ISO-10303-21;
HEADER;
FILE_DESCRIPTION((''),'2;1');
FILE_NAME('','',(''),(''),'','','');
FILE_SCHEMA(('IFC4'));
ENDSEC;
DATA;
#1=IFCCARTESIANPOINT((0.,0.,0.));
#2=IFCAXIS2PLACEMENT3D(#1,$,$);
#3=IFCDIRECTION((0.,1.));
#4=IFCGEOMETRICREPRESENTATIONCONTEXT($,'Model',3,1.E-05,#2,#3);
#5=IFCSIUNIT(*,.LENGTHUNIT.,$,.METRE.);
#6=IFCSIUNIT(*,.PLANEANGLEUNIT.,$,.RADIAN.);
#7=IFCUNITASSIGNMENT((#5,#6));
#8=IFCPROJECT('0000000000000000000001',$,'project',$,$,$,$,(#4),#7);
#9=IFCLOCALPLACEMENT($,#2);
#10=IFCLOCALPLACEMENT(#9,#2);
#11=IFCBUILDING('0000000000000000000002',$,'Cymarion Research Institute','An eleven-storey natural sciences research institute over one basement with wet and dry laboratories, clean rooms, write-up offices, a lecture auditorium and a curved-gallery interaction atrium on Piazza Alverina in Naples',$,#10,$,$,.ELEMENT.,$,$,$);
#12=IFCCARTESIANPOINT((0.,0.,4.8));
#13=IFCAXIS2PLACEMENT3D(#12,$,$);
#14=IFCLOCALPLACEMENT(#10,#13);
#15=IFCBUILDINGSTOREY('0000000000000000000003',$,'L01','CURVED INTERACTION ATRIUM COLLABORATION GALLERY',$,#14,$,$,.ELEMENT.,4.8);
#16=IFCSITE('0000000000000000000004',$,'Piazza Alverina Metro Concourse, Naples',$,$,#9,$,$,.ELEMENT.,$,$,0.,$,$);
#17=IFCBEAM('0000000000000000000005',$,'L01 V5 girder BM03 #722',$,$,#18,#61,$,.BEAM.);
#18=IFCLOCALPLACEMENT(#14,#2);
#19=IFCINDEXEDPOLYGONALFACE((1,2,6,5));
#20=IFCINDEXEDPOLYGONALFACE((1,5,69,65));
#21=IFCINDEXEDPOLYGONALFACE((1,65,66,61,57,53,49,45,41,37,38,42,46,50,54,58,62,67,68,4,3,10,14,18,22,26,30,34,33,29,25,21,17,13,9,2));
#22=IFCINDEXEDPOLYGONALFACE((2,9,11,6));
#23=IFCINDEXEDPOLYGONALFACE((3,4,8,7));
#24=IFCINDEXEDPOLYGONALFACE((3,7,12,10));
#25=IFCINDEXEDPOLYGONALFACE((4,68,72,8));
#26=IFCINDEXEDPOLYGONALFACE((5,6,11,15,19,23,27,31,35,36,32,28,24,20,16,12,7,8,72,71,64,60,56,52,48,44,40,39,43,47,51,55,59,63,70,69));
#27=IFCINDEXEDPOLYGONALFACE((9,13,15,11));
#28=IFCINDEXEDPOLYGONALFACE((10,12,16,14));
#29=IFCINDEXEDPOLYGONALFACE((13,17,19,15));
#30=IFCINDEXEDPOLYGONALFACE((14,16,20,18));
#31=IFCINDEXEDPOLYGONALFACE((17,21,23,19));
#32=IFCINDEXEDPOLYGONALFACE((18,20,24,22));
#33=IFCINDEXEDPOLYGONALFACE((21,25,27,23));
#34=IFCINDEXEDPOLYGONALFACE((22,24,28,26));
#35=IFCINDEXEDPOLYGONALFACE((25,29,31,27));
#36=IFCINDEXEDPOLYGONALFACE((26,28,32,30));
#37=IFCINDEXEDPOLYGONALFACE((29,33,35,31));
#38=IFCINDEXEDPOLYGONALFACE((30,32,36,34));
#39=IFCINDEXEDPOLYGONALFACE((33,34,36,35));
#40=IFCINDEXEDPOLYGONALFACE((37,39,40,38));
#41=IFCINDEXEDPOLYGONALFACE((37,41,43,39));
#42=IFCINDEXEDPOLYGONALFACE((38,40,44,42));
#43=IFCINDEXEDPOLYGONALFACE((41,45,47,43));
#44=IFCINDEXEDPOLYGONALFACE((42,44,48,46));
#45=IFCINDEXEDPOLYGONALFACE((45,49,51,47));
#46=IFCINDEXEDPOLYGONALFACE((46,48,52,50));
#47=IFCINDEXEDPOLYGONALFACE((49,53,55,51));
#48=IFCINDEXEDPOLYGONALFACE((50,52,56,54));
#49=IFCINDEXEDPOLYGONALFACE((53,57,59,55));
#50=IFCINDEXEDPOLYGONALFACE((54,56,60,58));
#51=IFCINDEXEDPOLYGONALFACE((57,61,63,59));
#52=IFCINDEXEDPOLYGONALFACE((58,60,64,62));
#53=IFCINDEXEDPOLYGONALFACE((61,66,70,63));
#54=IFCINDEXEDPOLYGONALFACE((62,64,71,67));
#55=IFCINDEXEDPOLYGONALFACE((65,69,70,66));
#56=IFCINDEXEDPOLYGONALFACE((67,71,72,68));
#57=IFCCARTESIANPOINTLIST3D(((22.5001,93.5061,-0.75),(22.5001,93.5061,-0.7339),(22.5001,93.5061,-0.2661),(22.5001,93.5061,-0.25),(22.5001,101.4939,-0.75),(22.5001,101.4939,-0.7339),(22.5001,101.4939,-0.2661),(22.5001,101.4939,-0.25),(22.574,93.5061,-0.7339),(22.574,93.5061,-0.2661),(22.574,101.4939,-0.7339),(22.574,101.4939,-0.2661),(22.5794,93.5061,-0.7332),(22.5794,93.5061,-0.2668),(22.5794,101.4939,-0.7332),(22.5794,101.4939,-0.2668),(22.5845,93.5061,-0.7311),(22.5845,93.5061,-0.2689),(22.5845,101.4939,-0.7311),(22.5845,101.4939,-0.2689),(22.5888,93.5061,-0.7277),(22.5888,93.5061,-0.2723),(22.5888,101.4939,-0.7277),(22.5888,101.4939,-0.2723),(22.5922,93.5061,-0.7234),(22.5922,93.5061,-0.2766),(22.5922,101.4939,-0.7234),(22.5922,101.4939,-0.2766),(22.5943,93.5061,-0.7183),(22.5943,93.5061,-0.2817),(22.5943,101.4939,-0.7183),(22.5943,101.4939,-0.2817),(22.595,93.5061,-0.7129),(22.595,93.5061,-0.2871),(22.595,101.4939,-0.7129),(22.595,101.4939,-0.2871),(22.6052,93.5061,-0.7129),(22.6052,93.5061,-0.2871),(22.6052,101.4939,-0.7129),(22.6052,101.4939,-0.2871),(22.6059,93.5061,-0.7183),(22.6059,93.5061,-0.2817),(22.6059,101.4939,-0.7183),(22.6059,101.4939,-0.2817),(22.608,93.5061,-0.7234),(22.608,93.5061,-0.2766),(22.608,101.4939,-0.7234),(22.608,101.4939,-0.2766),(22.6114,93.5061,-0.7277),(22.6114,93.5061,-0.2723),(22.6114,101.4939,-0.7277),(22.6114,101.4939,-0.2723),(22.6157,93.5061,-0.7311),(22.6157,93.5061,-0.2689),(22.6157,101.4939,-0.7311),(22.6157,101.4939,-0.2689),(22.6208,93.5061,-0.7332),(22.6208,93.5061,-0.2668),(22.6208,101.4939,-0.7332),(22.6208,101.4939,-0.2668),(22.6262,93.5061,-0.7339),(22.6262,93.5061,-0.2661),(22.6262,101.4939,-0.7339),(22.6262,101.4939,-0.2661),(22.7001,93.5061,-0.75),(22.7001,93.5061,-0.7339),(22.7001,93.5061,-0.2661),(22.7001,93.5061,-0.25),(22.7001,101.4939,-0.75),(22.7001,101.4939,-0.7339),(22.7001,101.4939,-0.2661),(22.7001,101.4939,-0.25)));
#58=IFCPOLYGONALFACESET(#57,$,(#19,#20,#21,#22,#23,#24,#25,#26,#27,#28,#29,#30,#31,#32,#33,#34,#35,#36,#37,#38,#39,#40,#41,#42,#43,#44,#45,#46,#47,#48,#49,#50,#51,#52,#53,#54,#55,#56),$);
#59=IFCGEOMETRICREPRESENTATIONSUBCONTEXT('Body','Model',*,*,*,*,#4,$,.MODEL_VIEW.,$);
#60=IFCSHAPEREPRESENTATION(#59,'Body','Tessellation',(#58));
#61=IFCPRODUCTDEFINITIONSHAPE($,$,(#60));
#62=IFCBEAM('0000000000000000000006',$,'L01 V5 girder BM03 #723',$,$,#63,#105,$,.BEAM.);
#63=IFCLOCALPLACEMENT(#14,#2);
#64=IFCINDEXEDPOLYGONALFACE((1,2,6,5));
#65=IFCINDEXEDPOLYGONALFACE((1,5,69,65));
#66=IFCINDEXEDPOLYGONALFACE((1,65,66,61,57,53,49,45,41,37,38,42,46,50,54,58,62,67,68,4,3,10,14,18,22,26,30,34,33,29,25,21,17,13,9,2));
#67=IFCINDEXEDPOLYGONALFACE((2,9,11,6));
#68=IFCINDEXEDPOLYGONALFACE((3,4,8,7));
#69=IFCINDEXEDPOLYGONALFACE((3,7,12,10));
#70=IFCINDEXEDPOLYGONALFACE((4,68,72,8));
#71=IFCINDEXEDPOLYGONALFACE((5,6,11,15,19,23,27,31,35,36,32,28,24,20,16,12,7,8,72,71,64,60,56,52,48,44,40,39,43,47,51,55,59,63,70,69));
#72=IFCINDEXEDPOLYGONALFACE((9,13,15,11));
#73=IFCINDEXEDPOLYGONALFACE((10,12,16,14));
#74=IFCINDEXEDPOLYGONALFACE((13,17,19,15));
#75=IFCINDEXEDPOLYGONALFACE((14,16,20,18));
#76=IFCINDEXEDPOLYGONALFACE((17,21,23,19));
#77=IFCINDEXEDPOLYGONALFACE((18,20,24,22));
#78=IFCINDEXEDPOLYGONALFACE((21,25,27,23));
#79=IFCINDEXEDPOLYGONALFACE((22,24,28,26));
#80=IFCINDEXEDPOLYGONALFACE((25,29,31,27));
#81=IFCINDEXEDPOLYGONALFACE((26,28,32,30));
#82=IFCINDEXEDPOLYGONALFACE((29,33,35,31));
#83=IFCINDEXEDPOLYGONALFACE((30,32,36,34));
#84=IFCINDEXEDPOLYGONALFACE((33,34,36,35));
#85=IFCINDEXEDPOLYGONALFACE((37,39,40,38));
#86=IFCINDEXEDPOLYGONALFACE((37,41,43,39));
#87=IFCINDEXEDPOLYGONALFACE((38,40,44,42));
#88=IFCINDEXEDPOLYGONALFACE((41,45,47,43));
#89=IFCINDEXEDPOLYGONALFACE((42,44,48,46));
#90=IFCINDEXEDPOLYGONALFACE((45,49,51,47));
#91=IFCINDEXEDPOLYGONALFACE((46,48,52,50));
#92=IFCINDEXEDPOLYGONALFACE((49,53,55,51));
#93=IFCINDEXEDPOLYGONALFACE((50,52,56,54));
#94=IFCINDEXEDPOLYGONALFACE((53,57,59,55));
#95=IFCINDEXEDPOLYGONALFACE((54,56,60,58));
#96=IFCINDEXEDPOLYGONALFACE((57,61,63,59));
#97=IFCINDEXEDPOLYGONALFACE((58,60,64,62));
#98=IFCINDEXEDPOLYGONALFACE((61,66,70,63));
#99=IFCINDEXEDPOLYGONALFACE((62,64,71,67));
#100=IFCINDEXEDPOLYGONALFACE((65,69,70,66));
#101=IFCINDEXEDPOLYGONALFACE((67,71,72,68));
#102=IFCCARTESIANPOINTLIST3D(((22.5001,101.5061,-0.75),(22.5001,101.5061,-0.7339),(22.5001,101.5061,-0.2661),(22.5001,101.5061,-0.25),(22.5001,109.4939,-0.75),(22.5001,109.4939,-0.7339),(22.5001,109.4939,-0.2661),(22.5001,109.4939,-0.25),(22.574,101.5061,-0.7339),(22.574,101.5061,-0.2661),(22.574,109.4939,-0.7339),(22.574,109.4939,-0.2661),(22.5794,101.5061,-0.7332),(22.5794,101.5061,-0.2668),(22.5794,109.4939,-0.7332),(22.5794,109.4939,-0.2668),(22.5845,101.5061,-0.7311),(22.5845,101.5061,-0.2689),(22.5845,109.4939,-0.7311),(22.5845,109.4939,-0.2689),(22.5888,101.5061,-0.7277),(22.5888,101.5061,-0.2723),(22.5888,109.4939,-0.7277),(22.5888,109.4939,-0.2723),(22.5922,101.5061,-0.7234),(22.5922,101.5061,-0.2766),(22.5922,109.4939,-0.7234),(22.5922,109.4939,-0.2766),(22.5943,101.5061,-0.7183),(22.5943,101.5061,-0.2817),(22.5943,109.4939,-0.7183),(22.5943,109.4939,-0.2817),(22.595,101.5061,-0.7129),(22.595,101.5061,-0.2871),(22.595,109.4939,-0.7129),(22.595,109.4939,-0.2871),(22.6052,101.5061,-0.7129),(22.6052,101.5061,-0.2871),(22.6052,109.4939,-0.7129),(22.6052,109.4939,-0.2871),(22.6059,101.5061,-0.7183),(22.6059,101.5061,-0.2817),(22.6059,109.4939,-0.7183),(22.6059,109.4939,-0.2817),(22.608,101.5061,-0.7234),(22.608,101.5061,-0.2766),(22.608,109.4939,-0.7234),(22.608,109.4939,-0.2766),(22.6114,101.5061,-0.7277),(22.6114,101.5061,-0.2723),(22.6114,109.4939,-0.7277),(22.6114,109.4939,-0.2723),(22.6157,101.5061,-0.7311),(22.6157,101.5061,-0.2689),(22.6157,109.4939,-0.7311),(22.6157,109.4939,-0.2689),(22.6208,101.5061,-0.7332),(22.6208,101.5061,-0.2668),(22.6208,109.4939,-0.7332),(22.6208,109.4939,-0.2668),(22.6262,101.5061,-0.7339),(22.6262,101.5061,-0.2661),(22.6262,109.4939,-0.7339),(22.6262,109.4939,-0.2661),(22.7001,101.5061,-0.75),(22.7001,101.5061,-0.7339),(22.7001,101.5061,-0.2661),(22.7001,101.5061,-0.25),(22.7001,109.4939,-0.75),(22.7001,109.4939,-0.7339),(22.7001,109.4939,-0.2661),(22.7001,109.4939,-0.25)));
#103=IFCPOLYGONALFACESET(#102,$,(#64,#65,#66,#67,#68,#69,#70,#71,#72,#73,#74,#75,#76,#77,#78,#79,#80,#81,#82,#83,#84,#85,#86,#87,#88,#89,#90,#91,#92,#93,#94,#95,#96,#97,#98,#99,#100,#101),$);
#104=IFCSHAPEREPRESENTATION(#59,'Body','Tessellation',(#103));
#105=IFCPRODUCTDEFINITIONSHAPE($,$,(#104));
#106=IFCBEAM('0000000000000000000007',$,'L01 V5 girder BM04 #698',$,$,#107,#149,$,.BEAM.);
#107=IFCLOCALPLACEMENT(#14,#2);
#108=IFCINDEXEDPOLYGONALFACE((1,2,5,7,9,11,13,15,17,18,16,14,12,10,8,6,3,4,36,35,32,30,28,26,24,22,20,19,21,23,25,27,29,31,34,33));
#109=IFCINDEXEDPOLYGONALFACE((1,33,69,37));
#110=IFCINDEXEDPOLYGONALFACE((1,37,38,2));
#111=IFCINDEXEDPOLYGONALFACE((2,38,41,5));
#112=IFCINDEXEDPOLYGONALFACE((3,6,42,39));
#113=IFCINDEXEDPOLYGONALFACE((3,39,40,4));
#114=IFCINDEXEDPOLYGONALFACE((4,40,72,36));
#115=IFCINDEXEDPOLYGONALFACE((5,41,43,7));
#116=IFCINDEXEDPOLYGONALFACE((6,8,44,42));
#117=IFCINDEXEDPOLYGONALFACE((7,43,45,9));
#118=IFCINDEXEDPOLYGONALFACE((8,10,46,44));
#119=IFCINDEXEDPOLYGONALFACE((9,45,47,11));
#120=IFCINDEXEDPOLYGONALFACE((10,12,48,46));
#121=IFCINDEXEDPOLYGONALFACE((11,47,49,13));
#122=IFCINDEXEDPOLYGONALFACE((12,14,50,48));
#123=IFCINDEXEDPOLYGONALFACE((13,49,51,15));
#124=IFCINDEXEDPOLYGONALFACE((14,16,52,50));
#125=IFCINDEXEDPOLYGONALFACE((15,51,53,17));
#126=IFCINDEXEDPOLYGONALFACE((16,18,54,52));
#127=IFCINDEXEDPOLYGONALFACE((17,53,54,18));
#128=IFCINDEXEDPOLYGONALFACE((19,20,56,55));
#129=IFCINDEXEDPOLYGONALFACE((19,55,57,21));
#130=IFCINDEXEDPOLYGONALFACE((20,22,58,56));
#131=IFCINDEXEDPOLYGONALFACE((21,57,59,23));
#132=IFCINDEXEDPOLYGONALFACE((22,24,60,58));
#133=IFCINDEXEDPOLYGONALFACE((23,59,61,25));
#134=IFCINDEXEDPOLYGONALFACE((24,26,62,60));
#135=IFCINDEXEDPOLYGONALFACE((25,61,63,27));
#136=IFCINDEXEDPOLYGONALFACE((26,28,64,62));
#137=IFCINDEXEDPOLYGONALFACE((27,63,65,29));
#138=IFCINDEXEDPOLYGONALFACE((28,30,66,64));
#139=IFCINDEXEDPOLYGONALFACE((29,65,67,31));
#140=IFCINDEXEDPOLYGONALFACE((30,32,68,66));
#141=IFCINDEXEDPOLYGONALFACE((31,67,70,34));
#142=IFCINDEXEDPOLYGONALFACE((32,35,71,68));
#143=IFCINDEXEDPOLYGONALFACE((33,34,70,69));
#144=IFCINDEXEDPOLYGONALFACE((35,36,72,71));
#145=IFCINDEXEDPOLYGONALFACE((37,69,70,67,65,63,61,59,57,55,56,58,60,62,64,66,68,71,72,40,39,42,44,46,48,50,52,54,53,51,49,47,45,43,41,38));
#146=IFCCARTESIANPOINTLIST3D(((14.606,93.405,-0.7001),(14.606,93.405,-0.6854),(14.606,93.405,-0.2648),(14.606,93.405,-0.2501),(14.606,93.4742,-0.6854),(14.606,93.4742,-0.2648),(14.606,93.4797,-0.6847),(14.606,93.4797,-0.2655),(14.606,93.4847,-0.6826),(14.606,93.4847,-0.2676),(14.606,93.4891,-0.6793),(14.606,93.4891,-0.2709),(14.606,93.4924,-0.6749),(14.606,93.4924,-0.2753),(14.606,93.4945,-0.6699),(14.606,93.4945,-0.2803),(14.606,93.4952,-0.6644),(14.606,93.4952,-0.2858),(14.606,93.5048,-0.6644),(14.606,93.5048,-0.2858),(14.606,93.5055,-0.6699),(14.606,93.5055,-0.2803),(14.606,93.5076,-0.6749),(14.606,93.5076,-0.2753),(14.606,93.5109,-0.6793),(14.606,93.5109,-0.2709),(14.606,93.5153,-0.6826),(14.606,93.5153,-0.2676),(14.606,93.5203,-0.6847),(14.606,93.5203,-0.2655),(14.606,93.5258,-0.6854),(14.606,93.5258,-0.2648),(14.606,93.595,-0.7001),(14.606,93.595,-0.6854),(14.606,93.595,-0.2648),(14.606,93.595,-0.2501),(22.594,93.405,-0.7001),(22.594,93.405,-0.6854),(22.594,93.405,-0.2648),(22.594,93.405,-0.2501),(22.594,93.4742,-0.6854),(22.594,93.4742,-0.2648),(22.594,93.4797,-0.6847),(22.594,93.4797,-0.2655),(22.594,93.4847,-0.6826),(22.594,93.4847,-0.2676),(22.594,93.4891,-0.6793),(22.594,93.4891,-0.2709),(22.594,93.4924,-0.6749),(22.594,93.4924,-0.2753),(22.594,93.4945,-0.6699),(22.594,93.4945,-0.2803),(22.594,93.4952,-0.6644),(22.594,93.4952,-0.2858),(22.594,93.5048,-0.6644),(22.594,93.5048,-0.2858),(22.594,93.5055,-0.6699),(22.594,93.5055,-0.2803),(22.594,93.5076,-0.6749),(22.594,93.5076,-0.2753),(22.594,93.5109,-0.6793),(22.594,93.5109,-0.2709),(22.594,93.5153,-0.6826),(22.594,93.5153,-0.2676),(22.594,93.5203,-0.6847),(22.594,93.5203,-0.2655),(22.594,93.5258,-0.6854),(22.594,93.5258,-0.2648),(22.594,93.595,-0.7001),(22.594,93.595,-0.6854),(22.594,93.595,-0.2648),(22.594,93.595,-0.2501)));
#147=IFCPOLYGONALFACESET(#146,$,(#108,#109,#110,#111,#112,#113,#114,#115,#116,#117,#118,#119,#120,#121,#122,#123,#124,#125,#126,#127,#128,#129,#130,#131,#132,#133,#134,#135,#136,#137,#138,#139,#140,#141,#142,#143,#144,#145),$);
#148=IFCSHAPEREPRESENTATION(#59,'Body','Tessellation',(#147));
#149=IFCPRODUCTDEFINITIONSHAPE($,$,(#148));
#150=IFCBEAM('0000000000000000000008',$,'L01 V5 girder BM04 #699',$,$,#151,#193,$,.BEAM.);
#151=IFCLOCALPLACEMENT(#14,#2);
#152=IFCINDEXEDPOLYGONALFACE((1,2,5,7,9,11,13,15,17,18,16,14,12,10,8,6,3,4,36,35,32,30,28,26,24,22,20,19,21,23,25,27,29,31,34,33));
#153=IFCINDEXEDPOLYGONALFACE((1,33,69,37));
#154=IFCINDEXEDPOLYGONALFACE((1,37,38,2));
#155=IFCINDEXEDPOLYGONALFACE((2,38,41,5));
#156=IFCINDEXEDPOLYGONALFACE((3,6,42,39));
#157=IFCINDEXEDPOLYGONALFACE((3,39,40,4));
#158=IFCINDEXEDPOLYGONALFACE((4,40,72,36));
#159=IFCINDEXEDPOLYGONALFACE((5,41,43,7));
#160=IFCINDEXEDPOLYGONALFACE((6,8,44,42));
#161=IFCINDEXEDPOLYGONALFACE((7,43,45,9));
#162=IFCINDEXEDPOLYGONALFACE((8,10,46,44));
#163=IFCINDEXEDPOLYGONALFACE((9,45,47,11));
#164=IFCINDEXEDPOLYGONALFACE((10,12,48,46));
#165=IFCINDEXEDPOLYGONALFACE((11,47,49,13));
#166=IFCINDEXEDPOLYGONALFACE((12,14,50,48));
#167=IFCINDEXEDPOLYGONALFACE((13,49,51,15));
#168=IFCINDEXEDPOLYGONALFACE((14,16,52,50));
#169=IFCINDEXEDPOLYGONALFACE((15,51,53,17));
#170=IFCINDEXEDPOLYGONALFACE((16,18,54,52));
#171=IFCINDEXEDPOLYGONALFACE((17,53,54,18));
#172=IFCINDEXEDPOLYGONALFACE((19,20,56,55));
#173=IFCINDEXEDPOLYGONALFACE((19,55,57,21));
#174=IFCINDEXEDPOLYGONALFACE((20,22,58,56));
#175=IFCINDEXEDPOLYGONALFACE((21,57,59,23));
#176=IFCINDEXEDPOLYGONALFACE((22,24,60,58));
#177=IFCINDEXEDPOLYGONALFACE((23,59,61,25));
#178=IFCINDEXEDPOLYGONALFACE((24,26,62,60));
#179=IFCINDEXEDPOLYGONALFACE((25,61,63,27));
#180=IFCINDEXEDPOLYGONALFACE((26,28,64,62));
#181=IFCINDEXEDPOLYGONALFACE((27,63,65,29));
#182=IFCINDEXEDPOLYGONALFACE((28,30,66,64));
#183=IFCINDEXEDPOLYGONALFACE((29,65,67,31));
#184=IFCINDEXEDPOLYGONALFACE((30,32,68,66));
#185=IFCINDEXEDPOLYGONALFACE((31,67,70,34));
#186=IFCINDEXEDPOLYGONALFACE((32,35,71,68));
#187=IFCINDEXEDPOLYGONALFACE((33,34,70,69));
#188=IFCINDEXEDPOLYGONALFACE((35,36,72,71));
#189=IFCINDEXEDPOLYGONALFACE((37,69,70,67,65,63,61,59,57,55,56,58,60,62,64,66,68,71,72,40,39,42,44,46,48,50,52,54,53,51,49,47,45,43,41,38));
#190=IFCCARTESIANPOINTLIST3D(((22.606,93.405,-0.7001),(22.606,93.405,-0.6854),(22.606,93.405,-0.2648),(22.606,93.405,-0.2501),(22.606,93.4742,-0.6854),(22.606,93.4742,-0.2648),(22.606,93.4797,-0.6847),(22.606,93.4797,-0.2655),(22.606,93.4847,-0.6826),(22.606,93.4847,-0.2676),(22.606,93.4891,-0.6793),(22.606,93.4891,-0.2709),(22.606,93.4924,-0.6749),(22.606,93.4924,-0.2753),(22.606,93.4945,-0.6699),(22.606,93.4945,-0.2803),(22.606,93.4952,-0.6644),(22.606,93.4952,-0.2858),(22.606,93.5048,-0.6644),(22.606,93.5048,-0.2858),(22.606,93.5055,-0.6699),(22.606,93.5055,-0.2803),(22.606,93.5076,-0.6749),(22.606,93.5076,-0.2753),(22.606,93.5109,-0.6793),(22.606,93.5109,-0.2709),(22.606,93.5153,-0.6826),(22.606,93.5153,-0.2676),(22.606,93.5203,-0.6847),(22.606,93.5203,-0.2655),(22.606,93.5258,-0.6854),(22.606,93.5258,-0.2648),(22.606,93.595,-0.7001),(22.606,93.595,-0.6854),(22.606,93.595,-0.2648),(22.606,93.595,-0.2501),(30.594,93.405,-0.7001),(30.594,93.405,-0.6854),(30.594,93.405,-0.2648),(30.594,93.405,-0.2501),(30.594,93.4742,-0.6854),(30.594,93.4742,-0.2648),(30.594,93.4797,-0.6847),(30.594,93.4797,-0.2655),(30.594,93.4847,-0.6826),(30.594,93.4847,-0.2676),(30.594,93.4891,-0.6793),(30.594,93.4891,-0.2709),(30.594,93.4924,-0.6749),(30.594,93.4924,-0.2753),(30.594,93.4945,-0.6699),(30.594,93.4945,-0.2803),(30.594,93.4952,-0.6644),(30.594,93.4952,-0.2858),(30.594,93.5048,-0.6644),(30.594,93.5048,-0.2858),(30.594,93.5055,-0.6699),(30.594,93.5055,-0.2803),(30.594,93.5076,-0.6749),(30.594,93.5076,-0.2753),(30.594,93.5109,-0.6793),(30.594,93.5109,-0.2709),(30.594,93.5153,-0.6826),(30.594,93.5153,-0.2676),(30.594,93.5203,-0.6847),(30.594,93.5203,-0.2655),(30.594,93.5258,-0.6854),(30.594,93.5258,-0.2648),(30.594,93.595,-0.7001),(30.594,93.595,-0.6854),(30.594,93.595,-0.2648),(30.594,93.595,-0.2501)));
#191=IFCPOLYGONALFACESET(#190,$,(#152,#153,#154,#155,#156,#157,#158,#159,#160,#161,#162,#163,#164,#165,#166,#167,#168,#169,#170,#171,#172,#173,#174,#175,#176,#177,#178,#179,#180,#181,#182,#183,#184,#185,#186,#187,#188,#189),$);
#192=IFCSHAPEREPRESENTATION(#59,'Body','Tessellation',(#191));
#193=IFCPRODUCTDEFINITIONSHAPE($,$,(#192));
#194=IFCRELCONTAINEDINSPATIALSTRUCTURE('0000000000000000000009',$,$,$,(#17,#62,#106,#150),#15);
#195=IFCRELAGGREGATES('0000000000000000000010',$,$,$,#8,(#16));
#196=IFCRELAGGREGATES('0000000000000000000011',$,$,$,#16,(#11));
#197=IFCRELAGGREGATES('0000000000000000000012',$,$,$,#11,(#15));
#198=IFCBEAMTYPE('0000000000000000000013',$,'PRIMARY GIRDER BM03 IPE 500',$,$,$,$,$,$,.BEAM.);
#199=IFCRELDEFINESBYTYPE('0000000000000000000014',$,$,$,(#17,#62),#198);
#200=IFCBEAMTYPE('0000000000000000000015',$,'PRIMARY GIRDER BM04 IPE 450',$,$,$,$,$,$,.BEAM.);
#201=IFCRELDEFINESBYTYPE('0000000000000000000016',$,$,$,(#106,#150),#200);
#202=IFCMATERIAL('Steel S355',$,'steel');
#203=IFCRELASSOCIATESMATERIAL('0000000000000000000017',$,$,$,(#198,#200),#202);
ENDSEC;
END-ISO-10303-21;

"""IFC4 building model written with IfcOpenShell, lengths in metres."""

from ifc_helpers import new_model, si_unit, direction, frame, origin, origin_2d, place, context, subcontext, project, spatial, i_section, extrude, material, material_profile, profile_set, type_object, element, save


model = new_model("IFC4")

# Units and contexts
model_context = context("Model", 3, precision=1e-05, world=origin(), true_north=direction((0.0, 1.0)))
body_context = subcontext(model_context, "Body", "Model", "MODEL_VIEW")
ifc_project = project(units=[si_unit("LENGTHUNIT", "METRE"), si_unit("PLANEANGLEUNIT", "RADIAN")], contexts=[model_context])

# Site, building, storey
site_placement = place(None, origin())
site = spatial("IfcSite", under=ifc_project, at=site_placement, Name="Piazza Alverina Metro Concourse, Naples", CompositionType="ELEMENT", RefElevation=0.0)
building_placement = place(site_placement, origin())
building = spatial("IfcBuilding", under=site, at=building_placement, Name="Cymarion Research Institute", Description="An eleven-storey natural sciences research institute over one basement with wet and dry laboratories, clean rooms, write-up offices, a lecture auditorium and a curved-gallery interaction atrium on Piazza Alverina in Naples", CompositionType="ELEMENT")
storey_placement = place(building_placement, frame((0.0, 0.0, 4.8)))
storey = spatial("IfcBuildingStorey", under=building, at=storey_placement, Name="L01", Description="CURVED INTERACTION ATRIUM COLLABORATION GALLERY", CompositionType="ELEMENT", Elevation=4.8)

# Shared definitions
ifc_material_1 = material(Name="Steel S355", Category="steel")

# Beams
ifc_material_profile_1 = material_profile(ifc_material_1, i_section(OverallWidth=0.2, OverallDepth=0.5, WebThickness=0.0103, FlangeThickness=0.0161, FilletRadius=0.021, at=origin_2d()), Name="IPE 500")
ifc_profile_set_1 = profile_set([ifc_material_profile_1], Name="Steel S355")
beam_type_1 = type_object("IfcBeamType", Name="PRIMARY GIRDER BM03 IPE 500", PredefinedType="BEAM", material=ifc_profile_set_1)
for number, where, z_axis, x_axis, name in (
    (1, (22.6001, 93.5061, -0.5), (0.0, 1.0, 0.0), (-1.0, 0.0, 0.0), "L01 V5 girder BM03 #722"),
    (2, (22.6001, 101.5061, -0.5), (0.0, 1.0, 0.0), (-1.0, 0.0, 0.0), "L01 V5 girder BM03 #723"),
):
    element("IfcBeam", number, at=place(storey_placement, frame(where, z_axis=z_axis, x_axis=x_axis)), inside=storey, type_object=beam_type_1, Name=name, PredefinedType="BEAM", context=body_context, shape_type="SweptSolid", body=[
        extrude(i_section(OverallWidth=0.2, OverallDepth=0.5, WebThickness=0.0103, FlangeThickness=0.0161, FilletRadius=0.021, at=origin_2d()), origin(), (0.0, 0.0, 1.0), 7.9878),
    ])
ifc_material_profile_2 = material_profile(ifc_material_1, i_section(OverallWidth=0.1899, OverallDepth=0.45, WebThickness=0.0095, FlangeThickness=0.0146, FilletRadius=0.021, at=origin_2d()), Name="IPE 450")
ifc_profile_set_2 = profile_set([ifc_material_profile_2], Name="Steel S355")
beam_type_2 = type_object("IfcBeamType", Name="PRIMARY GIRDER BM04 IPE 450", PredefinedType="BEAM", material=ifc_profile_set_2)
for number, where, z_axis, x_axis, name in (
    (3, (14.606, 93.5, -0.4751), (1.0, 0.0, 0.0), (0.0, 1.0, 0.0), "L01 V5 girder BM04 #698"),
    (4, (22.606, 93.5, -0.4751), (1.0, 0.0, 0.0), (0.0, 1.0, 0.0), "L01 V5 girder BM04 #699"),
):
    element("IfcBeam", number, at=place(storey_placement, frame(where, z_axis=z_axis, x_axis=x_axis)), inside=storey, type_object=beam_type_2, Name=name, PredefinedType="BEAM", context=body_context, shape_type="SweptSolid", body=[
        extrude(i_section(OverallWidth=0.1899, OverallDepth=0.45, WebThickness=0.0095, FlangeThickness=0.0146, FilletRadius=0.021, at=origin_2d()), origin(), (0.0, 0.0, 1.0), 7.988),
    ])

save(model, "model.ifc")
